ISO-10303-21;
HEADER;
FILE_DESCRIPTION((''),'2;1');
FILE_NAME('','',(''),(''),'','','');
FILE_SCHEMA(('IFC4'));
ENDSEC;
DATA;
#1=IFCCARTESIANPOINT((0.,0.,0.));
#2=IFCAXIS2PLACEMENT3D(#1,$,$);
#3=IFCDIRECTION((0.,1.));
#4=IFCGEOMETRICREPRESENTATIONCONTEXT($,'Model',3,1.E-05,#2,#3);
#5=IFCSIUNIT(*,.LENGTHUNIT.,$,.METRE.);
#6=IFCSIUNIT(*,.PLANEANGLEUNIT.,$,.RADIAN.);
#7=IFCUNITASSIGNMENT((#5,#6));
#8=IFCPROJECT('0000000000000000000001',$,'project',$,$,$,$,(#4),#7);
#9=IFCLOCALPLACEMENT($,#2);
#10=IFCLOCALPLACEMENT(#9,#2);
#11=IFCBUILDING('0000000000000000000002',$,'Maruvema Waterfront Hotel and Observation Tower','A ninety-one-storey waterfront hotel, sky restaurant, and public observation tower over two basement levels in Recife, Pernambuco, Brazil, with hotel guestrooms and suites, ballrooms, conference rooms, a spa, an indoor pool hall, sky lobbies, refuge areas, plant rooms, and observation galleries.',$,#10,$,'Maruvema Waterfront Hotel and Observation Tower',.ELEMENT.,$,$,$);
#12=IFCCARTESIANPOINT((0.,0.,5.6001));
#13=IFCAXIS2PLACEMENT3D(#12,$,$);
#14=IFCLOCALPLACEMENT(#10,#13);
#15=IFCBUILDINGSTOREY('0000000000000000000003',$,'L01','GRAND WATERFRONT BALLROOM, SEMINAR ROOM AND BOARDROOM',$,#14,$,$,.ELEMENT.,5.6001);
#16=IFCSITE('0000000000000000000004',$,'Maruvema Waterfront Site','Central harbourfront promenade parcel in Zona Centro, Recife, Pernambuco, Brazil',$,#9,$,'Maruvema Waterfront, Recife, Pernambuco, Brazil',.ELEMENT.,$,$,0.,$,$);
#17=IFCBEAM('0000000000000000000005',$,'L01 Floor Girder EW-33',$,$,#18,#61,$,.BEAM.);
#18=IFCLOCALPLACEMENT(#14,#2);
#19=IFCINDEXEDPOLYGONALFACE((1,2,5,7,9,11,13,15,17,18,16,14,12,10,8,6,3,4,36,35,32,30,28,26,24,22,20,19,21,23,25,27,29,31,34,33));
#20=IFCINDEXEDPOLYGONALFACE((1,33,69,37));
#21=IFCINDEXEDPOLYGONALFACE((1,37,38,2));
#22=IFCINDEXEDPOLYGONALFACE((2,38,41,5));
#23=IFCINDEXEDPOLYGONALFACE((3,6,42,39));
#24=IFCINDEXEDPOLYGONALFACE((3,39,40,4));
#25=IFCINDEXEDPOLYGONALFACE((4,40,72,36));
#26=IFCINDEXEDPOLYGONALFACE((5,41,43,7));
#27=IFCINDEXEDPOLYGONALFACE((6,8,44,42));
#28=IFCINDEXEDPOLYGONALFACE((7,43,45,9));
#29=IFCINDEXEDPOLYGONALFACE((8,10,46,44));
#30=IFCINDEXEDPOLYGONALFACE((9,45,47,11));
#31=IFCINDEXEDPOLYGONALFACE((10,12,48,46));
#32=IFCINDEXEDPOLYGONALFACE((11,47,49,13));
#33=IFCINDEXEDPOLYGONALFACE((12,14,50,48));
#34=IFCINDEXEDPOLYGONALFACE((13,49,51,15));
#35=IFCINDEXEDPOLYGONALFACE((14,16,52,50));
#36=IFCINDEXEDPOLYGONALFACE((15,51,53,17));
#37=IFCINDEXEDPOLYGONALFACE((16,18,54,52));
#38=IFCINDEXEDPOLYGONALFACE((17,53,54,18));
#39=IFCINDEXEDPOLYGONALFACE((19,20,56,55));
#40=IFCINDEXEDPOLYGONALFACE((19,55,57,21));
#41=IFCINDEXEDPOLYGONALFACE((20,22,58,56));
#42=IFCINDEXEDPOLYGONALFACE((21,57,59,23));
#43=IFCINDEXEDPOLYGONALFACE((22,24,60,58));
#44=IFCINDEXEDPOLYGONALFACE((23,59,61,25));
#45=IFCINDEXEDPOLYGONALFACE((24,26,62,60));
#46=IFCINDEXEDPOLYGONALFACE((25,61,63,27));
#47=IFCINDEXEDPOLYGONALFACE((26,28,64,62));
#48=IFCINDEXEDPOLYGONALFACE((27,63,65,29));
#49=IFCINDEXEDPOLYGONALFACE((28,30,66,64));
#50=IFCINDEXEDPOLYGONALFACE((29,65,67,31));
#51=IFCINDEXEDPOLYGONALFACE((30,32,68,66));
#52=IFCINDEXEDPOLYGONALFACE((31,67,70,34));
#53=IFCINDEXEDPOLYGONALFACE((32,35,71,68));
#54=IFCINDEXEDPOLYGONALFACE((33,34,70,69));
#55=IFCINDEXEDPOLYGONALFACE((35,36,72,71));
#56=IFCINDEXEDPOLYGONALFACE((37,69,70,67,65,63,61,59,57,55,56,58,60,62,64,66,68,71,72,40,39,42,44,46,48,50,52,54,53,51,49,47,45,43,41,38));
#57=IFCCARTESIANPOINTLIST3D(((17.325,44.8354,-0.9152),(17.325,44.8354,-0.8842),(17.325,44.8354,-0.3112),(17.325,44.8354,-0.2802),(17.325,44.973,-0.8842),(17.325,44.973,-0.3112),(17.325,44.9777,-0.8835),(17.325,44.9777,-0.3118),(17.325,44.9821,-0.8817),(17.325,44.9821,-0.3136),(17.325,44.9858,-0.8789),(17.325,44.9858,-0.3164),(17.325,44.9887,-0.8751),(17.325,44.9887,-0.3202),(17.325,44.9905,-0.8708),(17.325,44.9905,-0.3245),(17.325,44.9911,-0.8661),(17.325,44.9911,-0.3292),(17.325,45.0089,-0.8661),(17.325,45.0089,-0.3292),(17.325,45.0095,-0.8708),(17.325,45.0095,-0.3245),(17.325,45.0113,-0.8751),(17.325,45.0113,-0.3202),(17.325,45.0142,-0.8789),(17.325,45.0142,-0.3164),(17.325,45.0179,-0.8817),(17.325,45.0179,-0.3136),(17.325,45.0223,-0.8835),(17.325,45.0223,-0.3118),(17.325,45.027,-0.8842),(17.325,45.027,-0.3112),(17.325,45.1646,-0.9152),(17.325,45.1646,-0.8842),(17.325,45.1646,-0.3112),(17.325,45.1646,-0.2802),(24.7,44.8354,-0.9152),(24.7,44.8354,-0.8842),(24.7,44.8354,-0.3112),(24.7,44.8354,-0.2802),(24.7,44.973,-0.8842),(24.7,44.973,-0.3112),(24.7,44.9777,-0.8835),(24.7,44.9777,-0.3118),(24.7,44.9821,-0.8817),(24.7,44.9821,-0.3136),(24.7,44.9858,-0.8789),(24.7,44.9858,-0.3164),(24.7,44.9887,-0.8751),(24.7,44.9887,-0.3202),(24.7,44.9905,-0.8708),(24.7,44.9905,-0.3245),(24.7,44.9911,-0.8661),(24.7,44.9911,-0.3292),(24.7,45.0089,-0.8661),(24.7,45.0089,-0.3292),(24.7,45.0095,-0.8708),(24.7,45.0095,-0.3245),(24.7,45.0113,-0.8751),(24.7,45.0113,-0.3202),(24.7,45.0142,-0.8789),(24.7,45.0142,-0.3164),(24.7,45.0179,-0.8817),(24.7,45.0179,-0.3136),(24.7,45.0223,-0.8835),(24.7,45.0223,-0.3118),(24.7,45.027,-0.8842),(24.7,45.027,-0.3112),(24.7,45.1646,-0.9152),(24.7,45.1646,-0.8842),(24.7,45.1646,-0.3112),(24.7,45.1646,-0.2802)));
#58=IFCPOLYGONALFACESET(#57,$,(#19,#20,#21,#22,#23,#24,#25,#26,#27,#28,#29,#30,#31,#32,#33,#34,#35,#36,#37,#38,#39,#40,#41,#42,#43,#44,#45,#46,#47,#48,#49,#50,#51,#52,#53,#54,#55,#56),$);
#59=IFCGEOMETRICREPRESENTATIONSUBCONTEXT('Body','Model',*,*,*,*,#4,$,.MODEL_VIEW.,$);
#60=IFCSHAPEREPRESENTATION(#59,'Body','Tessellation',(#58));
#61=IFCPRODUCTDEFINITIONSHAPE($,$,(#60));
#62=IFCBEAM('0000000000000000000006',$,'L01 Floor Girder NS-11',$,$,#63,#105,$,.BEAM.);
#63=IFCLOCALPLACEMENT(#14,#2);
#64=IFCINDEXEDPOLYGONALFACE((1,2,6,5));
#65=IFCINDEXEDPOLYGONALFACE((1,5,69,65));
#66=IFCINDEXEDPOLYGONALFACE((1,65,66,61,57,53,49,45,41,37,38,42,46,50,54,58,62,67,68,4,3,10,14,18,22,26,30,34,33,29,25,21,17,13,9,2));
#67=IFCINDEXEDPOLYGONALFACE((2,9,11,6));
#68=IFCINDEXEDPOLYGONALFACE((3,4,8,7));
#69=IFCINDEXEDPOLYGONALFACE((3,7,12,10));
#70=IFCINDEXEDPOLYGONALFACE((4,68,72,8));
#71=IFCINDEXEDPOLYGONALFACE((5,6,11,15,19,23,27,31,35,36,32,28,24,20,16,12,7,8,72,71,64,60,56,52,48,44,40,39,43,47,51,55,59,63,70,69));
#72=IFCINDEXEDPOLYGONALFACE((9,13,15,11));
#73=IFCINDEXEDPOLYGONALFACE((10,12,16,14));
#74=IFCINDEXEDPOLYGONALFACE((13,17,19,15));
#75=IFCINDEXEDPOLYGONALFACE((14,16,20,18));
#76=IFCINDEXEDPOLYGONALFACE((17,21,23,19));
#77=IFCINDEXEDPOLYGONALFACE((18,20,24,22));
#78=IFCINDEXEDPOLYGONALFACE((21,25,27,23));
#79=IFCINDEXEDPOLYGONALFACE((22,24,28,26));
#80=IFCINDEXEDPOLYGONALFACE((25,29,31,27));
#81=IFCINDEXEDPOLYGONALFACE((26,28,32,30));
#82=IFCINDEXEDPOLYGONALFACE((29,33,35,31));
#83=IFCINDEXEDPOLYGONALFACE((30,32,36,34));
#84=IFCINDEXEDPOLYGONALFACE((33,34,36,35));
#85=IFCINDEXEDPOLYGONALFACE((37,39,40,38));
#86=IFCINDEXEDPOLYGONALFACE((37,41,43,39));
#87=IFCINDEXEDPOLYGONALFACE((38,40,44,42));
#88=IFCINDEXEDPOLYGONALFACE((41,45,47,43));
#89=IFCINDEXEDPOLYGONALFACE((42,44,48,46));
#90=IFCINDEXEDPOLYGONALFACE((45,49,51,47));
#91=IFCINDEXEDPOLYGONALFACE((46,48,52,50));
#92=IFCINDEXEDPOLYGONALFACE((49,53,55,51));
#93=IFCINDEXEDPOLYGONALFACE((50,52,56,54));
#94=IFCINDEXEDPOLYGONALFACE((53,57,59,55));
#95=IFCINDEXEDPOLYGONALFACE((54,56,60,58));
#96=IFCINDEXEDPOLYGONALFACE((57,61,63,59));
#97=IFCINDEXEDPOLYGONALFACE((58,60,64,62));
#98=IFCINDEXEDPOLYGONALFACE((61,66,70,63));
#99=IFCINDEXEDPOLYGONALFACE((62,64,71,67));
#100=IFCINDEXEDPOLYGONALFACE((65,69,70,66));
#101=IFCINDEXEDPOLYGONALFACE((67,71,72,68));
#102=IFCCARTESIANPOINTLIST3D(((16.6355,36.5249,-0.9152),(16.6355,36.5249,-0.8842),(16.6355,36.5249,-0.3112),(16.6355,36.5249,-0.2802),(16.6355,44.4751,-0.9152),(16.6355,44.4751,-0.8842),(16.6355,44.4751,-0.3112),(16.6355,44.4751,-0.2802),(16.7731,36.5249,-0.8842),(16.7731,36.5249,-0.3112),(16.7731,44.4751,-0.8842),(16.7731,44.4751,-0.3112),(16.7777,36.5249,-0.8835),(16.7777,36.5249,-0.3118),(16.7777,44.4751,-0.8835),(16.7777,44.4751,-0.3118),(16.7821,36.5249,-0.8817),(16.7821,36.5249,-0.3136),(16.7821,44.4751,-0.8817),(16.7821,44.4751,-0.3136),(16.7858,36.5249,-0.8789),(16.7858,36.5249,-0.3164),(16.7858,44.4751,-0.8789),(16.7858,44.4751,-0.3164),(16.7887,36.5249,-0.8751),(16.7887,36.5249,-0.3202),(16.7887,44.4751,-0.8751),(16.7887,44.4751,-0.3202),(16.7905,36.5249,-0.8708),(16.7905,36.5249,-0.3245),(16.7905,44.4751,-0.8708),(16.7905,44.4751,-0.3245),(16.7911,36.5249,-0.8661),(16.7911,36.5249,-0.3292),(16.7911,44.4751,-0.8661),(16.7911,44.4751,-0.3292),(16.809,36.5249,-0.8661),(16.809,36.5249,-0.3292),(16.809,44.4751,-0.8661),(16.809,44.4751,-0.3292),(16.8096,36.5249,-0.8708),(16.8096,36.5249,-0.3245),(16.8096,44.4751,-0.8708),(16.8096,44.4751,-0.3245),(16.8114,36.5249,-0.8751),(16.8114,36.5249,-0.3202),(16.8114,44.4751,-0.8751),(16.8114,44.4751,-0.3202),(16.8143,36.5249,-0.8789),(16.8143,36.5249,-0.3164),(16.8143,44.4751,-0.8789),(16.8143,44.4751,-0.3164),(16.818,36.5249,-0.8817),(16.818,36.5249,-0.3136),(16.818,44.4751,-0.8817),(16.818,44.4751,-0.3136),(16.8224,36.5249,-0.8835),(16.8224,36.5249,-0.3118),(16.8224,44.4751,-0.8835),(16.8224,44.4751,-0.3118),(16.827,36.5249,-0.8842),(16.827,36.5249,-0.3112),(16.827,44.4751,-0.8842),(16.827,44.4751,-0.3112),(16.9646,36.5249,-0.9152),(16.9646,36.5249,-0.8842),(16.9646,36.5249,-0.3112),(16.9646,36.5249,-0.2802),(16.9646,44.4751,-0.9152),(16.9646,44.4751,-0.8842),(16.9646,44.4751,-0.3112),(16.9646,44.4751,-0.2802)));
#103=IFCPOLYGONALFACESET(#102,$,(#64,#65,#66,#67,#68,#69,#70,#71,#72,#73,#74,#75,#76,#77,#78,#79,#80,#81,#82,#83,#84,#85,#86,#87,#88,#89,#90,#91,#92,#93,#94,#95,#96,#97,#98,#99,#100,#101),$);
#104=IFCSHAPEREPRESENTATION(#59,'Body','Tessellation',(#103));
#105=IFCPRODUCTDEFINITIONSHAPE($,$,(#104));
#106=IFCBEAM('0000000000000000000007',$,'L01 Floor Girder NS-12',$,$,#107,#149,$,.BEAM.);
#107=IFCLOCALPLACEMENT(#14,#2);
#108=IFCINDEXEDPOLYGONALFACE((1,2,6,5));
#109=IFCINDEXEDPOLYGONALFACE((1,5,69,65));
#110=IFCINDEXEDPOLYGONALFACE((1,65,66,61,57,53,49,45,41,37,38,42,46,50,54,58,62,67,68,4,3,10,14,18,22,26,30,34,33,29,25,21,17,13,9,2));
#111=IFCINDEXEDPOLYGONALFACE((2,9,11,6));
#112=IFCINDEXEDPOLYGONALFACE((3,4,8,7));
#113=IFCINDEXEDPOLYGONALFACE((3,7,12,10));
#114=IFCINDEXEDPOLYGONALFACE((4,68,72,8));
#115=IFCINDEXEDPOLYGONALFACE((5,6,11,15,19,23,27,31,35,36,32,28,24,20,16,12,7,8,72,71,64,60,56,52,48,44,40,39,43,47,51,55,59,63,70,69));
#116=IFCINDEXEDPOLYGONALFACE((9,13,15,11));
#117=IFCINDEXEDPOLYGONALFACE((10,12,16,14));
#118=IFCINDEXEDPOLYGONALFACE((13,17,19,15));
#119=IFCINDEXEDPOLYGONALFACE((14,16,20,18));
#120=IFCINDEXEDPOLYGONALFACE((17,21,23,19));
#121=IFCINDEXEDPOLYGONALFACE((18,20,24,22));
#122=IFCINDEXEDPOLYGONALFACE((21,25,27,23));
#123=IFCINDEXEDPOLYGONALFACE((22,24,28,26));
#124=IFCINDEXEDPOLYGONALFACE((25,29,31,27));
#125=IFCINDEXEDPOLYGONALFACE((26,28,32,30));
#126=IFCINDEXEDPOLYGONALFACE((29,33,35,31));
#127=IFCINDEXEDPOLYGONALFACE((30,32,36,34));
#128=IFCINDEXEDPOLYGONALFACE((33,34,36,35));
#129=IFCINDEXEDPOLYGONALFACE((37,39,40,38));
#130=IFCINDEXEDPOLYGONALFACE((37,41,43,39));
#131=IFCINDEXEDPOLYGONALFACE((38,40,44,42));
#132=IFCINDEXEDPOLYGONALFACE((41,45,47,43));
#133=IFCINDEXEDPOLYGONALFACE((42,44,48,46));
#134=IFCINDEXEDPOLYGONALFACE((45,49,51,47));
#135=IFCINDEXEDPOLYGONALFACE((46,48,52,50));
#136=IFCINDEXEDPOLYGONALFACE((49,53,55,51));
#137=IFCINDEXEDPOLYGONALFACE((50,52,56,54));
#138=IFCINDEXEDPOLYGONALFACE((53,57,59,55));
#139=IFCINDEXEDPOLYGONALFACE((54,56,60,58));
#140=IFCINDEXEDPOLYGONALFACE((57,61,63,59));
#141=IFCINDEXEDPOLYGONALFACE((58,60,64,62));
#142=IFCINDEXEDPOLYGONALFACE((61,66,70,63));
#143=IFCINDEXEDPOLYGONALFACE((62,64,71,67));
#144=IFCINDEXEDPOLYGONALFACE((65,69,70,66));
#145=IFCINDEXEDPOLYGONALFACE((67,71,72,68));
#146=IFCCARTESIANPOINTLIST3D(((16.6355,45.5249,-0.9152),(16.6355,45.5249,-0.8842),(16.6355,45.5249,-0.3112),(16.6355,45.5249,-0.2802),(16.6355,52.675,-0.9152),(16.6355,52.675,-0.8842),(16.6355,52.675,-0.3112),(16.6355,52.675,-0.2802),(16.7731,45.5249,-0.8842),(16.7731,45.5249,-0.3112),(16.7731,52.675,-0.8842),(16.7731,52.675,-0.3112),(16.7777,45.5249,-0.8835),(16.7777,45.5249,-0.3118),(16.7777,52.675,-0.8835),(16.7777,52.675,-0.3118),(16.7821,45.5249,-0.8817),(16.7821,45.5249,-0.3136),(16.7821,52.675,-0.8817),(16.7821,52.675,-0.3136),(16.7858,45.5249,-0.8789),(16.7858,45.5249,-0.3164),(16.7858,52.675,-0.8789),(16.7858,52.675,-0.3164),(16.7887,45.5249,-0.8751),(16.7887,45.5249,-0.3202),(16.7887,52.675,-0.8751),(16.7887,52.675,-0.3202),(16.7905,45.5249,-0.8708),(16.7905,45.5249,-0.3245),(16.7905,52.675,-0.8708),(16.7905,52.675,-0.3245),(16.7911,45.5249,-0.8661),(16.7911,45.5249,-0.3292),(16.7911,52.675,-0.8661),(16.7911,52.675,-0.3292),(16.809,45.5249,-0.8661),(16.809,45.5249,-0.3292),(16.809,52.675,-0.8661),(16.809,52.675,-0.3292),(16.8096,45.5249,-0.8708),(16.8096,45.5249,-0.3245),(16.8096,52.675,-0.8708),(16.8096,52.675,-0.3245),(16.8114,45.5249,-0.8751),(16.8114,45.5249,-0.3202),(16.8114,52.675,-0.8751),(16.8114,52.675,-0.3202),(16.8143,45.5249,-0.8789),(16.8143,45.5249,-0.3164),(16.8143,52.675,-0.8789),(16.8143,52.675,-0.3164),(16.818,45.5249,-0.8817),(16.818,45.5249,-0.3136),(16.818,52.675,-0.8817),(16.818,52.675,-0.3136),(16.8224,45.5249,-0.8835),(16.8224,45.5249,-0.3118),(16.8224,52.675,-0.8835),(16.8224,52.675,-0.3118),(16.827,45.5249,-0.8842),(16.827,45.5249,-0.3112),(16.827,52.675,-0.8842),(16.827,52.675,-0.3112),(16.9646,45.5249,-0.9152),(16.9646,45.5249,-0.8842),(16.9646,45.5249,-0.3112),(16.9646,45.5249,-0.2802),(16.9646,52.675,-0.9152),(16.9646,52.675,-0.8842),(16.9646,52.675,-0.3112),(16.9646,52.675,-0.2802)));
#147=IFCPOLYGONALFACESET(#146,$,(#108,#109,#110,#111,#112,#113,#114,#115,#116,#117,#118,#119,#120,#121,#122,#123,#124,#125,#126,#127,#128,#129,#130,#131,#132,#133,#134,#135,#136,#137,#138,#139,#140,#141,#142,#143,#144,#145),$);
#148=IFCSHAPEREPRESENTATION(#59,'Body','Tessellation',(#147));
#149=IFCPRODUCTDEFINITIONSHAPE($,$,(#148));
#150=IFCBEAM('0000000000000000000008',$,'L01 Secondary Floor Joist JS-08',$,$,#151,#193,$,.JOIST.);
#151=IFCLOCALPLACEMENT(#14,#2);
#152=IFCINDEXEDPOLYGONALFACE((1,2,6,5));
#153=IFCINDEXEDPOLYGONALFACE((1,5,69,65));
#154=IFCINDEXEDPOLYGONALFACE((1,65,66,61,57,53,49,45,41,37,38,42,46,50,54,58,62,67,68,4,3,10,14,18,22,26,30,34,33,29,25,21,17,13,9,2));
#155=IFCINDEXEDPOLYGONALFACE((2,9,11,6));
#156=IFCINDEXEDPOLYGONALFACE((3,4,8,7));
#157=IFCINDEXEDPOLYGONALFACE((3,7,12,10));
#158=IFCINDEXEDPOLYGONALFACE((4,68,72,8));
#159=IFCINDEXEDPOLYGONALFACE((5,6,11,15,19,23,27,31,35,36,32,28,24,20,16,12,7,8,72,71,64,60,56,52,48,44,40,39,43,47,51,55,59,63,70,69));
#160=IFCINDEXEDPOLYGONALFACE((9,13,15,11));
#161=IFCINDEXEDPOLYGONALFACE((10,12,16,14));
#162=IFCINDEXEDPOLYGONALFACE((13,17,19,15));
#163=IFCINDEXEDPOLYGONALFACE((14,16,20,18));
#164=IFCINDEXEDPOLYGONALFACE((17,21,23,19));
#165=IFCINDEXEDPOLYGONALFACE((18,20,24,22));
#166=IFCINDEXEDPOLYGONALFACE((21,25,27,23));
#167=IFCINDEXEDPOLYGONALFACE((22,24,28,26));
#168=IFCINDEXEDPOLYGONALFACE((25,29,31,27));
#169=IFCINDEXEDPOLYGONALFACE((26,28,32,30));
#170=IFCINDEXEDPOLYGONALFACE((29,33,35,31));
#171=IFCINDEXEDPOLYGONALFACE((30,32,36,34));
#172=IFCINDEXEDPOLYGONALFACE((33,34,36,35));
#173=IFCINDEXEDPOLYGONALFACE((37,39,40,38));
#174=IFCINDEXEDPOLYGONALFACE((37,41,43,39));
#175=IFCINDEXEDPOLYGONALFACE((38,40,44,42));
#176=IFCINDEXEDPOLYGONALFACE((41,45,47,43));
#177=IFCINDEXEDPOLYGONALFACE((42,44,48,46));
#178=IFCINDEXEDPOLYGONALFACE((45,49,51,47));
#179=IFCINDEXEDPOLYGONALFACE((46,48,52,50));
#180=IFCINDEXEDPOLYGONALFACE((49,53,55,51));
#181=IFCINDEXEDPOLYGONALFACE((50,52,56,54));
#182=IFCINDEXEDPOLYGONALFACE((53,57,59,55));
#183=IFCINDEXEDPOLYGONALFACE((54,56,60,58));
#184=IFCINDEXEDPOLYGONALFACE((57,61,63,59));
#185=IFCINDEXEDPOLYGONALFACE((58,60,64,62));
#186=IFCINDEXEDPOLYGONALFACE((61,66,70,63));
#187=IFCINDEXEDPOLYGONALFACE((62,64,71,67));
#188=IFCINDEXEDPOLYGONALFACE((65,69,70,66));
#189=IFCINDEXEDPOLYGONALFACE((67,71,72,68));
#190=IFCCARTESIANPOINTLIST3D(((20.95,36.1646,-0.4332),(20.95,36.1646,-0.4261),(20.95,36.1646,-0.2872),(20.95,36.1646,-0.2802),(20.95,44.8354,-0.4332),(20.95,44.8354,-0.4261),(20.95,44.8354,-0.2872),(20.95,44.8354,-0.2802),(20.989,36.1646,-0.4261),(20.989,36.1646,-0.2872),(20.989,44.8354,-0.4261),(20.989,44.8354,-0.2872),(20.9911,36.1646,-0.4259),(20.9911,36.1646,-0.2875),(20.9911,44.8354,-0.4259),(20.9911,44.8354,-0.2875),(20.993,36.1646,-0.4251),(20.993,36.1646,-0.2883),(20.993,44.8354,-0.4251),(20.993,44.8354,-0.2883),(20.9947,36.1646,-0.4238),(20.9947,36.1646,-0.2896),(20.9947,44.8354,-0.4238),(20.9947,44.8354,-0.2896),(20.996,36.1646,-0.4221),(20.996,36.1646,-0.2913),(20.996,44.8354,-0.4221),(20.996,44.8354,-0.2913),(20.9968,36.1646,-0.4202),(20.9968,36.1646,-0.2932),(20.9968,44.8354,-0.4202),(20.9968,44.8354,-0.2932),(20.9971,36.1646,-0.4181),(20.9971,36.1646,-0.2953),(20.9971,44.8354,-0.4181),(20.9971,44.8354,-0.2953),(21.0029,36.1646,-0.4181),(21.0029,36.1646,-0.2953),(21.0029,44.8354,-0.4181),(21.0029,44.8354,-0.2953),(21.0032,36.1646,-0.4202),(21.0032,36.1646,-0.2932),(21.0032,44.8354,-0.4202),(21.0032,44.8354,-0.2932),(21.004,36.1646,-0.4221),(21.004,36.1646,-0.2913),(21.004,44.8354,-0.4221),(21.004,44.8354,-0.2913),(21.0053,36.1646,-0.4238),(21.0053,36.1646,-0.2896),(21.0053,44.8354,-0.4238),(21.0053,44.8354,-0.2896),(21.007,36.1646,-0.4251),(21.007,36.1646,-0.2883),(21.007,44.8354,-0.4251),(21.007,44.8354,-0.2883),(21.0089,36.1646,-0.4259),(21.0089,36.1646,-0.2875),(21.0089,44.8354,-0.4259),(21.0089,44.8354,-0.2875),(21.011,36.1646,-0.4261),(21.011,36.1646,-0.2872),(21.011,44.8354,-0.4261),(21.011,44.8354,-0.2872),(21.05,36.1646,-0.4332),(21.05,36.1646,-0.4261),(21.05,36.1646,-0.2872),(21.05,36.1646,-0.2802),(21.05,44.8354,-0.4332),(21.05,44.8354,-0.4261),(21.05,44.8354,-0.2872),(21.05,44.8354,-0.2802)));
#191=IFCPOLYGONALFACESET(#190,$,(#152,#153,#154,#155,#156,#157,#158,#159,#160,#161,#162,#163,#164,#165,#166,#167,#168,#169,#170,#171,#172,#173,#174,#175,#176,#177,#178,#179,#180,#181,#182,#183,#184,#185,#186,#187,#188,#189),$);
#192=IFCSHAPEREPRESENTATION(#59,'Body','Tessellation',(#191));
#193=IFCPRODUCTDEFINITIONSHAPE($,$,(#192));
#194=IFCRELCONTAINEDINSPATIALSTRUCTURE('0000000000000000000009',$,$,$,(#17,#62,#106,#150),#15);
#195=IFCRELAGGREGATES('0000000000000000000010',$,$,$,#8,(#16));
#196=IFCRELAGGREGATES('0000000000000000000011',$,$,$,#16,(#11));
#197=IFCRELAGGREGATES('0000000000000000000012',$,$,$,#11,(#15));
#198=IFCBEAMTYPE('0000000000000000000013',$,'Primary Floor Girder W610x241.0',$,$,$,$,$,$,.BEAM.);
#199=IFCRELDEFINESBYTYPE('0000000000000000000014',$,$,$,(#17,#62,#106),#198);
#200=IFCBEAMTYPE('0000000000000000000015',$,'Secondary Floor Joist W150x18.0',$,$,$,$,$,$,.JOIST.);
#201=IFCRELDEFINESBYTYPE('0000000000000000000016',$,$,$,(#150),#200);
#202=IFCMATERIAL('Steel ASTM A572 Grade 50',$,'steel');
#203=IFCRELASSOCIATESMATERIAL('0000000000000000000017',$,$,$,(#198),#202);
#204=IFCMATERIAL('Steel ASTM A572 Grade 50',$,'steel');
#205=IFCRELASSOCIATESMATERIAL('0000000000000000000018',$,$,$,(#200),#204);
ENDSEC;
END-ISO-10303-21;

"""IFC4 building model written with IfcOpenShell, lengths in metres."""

from ifc_helpers import new_model, si_unit, direction, frame, origin, origin_2d, place, context, subcontext, project, spatial, i_section, extrude, material, material_profile, profile_set, type_object, element, save


model = new_model("IFC4")

# Units and contexts
model_context = context("Model", 3, precision=1e-05, world=origin(), true_north=direction((0.0, 1.0)))
body_context = subcontext(model_context, "Body", "Model", "MODEL_VIEW")
ifc_project = project(units=[si_unit("LENGTHUNIT", "METRE"), si_unit("PLANEANGLEUNIT", "RADIAN")], contexts=[model_context])

# Site, building, storey
site_placement = place(None, origin())
site = spatial("IfcSite", under=ifc_project, at=site_placement, Name="Maruvema Waterfront Site", Description="Central harbourfront promenade parcel in Zona Centro, Recife, Pernambuco, Brazil", LongName="Maruvema Waterfront, Recife, Pernambuco, Brazil", CompositionType="ELEMENT", RefElevation=0.0)
building_placement = place(site_placement, origin())
building = spatial("IfcBuilding", under=site, at=building_placement, Name="Maruvema Waterfront Hotel and Observation Tower", Description="A ninety-one-storey waterfront hotel, sky restaurant, and public observation tower over two basement levels in Recife, Pernambuco, Brazil, with hotel guestrooms and suites, ballrooms, conference rooms, a spa, an indoor pool hall, sky lobbies, refuge areas, plant rooms, and observation galleries.", LongName="Maruvema Waterfront Hotel and Observation Tower", CompositionType="ELEMENT")
storey_placement = place(building_placement, frame((0.0, 0.0, 5.6001)))
storey = spatial("IfcBuildingStorey", under=building, at=storey_placement, Name="L01", Description="GRAND WATERFRONT BALLROOM, SEMINAR ROOM AND BOARDROOM", CompositionType="ELEMENT", Elevation=5.6001)

# Beams
ifc_material_1 = material(Name="Steel ASTM A572 Grade 50", Category="steel")
ifc_material_profile_1 = material_profile(ifc_material_1, i_section(OverallWidth=0.3291, OverallDepth=0.635, WebThickness=0.0178, FlangeThickness=0.031, FilletRadius=0.0181, at=origin_2d()), Name="W610x241.0")
ifc_profile_set_1 = profile_set([ifc_material_profile_1], Name="Steel ASTM A572 Grade 50")
beam_type_1 = type_object("IfcBeamType", Name="Primary Floor Girder W610x241.0", PredefinedType="BEAM", material=ifc_profile_set_1)
beam_1_placement = place(storey_placement, frame((17.325, 45.0, -0.5977), z_axis=(1.0, 0.0, 0.0), x_axis=(0.0, 1.0, 0.0)))
element("IfcBeam", 1, at=beam_1_placement, inside=storey, type_object=beam_type_1, Name="L01 Floor Girder EW-33", PredefinedType="BEAM", context=body_context, shape_type="SweptSolid", body=[
    extrude(i_section(OverallWidth=0.3291, OverallDepth=0.635, WebThickness=0.0178, FlangeThickness=0.031, FilletRadius=0.0181, at=origin_2d()), origin(), (0.0, 0.0, 1.0), 7.375),
])
beam_2_placement = place(storey_placement, frame((16.8, 36.5249, -0.5977), z_axis=(0.0, 1.0, 0.0), x_axis=(-1.0, 0.0, 0.0)))
element("IfcBeam", 2, at=beam_2_placement, inside=storey, type_object=beam_type_1, Name="L01 Floor Girder NS-11", PredefinedType="BEAM", context=body_context, shape_type="SweptSolid", body=[
    extrude(i_section(OverallWidth=0.3291, OverallDepth=0.635, WebThickness=0.0178, FlangeThickness=0.031, FilletRadius=0.0181, at=origin_2d()), origin(), (0.0, 0.0, 1.0), 7.9502),
])
beam_3_placement = place(storey_placement, frame((16.8, 45.5249, -0.5977), z_axis=(0.0, 1.0, 0.0), x_axis=(-1.0, 0.0, 0.0)))
element("IfcBeam", 3, at=beam_3_placement, inside=storey, type_object=beam_type_1, Name="L01 Floor Girder NS-12", PredefinedType="BEAM", context=body_context, shape_type="SweptSolid", body=[
    extrude(i_section(OverallWidth=0.3291, OverallDepth=0.635, WebThickness=0.0178, FlangeThickness=0.031, FilletRadius=0.0181, at=origin_2d()), origin(), (0.0, 0.0, 1.0), 7.1501),
])
ifc_material_2 = material(Name="Steel ASTM A572 Grade 50", Category="steel")
ifc_material_profile_2 = material_profile(ifc_material_2, i_section(OverallWidth=0.1001, OverallDepth=0.1531, WebThickness=0.0059, FlangeThickness=0.0071, FilletRadius=0.0081, at=origin_2d()), Name="W150x18.0")
ifc_profile_set_2 = profile_set([ifc_material_profile_2], Name="Steel ASTM A572 Grade 50")
beam_type_2 = type_object("IfcBeamType", Name="Secondary Floor Joist W150x18.0", PredefinedType="JOIST", material=ifc_profile_set_2)
beam_4_placement = place(storey_placement, frame((21.0, 36.1646, -0.3567), z_axis=(0.0, 1.0, 0.0), x_axis=(-1.0, 0.0, 0.0)))
element("IfcBeam", 4, at=beam_4_placement, inside=storey, type_object=beam_type_2, Name="L01 Secondary Floor Joist JS-08", PredefinedType="JOIST", context=body_context, shape_type="SweptSolid", body=[
    extrude(i_section(OverallWidth=0.1001, OverallDepth=0.1531, WebThickness=0.0059, FlangeThickness=0.0071, FilletRadius=0.0081, at=origin_2d()), origin(), (0.0, 0.0, 1.0), 8.6709),
])

save(model, "model.ifc")
